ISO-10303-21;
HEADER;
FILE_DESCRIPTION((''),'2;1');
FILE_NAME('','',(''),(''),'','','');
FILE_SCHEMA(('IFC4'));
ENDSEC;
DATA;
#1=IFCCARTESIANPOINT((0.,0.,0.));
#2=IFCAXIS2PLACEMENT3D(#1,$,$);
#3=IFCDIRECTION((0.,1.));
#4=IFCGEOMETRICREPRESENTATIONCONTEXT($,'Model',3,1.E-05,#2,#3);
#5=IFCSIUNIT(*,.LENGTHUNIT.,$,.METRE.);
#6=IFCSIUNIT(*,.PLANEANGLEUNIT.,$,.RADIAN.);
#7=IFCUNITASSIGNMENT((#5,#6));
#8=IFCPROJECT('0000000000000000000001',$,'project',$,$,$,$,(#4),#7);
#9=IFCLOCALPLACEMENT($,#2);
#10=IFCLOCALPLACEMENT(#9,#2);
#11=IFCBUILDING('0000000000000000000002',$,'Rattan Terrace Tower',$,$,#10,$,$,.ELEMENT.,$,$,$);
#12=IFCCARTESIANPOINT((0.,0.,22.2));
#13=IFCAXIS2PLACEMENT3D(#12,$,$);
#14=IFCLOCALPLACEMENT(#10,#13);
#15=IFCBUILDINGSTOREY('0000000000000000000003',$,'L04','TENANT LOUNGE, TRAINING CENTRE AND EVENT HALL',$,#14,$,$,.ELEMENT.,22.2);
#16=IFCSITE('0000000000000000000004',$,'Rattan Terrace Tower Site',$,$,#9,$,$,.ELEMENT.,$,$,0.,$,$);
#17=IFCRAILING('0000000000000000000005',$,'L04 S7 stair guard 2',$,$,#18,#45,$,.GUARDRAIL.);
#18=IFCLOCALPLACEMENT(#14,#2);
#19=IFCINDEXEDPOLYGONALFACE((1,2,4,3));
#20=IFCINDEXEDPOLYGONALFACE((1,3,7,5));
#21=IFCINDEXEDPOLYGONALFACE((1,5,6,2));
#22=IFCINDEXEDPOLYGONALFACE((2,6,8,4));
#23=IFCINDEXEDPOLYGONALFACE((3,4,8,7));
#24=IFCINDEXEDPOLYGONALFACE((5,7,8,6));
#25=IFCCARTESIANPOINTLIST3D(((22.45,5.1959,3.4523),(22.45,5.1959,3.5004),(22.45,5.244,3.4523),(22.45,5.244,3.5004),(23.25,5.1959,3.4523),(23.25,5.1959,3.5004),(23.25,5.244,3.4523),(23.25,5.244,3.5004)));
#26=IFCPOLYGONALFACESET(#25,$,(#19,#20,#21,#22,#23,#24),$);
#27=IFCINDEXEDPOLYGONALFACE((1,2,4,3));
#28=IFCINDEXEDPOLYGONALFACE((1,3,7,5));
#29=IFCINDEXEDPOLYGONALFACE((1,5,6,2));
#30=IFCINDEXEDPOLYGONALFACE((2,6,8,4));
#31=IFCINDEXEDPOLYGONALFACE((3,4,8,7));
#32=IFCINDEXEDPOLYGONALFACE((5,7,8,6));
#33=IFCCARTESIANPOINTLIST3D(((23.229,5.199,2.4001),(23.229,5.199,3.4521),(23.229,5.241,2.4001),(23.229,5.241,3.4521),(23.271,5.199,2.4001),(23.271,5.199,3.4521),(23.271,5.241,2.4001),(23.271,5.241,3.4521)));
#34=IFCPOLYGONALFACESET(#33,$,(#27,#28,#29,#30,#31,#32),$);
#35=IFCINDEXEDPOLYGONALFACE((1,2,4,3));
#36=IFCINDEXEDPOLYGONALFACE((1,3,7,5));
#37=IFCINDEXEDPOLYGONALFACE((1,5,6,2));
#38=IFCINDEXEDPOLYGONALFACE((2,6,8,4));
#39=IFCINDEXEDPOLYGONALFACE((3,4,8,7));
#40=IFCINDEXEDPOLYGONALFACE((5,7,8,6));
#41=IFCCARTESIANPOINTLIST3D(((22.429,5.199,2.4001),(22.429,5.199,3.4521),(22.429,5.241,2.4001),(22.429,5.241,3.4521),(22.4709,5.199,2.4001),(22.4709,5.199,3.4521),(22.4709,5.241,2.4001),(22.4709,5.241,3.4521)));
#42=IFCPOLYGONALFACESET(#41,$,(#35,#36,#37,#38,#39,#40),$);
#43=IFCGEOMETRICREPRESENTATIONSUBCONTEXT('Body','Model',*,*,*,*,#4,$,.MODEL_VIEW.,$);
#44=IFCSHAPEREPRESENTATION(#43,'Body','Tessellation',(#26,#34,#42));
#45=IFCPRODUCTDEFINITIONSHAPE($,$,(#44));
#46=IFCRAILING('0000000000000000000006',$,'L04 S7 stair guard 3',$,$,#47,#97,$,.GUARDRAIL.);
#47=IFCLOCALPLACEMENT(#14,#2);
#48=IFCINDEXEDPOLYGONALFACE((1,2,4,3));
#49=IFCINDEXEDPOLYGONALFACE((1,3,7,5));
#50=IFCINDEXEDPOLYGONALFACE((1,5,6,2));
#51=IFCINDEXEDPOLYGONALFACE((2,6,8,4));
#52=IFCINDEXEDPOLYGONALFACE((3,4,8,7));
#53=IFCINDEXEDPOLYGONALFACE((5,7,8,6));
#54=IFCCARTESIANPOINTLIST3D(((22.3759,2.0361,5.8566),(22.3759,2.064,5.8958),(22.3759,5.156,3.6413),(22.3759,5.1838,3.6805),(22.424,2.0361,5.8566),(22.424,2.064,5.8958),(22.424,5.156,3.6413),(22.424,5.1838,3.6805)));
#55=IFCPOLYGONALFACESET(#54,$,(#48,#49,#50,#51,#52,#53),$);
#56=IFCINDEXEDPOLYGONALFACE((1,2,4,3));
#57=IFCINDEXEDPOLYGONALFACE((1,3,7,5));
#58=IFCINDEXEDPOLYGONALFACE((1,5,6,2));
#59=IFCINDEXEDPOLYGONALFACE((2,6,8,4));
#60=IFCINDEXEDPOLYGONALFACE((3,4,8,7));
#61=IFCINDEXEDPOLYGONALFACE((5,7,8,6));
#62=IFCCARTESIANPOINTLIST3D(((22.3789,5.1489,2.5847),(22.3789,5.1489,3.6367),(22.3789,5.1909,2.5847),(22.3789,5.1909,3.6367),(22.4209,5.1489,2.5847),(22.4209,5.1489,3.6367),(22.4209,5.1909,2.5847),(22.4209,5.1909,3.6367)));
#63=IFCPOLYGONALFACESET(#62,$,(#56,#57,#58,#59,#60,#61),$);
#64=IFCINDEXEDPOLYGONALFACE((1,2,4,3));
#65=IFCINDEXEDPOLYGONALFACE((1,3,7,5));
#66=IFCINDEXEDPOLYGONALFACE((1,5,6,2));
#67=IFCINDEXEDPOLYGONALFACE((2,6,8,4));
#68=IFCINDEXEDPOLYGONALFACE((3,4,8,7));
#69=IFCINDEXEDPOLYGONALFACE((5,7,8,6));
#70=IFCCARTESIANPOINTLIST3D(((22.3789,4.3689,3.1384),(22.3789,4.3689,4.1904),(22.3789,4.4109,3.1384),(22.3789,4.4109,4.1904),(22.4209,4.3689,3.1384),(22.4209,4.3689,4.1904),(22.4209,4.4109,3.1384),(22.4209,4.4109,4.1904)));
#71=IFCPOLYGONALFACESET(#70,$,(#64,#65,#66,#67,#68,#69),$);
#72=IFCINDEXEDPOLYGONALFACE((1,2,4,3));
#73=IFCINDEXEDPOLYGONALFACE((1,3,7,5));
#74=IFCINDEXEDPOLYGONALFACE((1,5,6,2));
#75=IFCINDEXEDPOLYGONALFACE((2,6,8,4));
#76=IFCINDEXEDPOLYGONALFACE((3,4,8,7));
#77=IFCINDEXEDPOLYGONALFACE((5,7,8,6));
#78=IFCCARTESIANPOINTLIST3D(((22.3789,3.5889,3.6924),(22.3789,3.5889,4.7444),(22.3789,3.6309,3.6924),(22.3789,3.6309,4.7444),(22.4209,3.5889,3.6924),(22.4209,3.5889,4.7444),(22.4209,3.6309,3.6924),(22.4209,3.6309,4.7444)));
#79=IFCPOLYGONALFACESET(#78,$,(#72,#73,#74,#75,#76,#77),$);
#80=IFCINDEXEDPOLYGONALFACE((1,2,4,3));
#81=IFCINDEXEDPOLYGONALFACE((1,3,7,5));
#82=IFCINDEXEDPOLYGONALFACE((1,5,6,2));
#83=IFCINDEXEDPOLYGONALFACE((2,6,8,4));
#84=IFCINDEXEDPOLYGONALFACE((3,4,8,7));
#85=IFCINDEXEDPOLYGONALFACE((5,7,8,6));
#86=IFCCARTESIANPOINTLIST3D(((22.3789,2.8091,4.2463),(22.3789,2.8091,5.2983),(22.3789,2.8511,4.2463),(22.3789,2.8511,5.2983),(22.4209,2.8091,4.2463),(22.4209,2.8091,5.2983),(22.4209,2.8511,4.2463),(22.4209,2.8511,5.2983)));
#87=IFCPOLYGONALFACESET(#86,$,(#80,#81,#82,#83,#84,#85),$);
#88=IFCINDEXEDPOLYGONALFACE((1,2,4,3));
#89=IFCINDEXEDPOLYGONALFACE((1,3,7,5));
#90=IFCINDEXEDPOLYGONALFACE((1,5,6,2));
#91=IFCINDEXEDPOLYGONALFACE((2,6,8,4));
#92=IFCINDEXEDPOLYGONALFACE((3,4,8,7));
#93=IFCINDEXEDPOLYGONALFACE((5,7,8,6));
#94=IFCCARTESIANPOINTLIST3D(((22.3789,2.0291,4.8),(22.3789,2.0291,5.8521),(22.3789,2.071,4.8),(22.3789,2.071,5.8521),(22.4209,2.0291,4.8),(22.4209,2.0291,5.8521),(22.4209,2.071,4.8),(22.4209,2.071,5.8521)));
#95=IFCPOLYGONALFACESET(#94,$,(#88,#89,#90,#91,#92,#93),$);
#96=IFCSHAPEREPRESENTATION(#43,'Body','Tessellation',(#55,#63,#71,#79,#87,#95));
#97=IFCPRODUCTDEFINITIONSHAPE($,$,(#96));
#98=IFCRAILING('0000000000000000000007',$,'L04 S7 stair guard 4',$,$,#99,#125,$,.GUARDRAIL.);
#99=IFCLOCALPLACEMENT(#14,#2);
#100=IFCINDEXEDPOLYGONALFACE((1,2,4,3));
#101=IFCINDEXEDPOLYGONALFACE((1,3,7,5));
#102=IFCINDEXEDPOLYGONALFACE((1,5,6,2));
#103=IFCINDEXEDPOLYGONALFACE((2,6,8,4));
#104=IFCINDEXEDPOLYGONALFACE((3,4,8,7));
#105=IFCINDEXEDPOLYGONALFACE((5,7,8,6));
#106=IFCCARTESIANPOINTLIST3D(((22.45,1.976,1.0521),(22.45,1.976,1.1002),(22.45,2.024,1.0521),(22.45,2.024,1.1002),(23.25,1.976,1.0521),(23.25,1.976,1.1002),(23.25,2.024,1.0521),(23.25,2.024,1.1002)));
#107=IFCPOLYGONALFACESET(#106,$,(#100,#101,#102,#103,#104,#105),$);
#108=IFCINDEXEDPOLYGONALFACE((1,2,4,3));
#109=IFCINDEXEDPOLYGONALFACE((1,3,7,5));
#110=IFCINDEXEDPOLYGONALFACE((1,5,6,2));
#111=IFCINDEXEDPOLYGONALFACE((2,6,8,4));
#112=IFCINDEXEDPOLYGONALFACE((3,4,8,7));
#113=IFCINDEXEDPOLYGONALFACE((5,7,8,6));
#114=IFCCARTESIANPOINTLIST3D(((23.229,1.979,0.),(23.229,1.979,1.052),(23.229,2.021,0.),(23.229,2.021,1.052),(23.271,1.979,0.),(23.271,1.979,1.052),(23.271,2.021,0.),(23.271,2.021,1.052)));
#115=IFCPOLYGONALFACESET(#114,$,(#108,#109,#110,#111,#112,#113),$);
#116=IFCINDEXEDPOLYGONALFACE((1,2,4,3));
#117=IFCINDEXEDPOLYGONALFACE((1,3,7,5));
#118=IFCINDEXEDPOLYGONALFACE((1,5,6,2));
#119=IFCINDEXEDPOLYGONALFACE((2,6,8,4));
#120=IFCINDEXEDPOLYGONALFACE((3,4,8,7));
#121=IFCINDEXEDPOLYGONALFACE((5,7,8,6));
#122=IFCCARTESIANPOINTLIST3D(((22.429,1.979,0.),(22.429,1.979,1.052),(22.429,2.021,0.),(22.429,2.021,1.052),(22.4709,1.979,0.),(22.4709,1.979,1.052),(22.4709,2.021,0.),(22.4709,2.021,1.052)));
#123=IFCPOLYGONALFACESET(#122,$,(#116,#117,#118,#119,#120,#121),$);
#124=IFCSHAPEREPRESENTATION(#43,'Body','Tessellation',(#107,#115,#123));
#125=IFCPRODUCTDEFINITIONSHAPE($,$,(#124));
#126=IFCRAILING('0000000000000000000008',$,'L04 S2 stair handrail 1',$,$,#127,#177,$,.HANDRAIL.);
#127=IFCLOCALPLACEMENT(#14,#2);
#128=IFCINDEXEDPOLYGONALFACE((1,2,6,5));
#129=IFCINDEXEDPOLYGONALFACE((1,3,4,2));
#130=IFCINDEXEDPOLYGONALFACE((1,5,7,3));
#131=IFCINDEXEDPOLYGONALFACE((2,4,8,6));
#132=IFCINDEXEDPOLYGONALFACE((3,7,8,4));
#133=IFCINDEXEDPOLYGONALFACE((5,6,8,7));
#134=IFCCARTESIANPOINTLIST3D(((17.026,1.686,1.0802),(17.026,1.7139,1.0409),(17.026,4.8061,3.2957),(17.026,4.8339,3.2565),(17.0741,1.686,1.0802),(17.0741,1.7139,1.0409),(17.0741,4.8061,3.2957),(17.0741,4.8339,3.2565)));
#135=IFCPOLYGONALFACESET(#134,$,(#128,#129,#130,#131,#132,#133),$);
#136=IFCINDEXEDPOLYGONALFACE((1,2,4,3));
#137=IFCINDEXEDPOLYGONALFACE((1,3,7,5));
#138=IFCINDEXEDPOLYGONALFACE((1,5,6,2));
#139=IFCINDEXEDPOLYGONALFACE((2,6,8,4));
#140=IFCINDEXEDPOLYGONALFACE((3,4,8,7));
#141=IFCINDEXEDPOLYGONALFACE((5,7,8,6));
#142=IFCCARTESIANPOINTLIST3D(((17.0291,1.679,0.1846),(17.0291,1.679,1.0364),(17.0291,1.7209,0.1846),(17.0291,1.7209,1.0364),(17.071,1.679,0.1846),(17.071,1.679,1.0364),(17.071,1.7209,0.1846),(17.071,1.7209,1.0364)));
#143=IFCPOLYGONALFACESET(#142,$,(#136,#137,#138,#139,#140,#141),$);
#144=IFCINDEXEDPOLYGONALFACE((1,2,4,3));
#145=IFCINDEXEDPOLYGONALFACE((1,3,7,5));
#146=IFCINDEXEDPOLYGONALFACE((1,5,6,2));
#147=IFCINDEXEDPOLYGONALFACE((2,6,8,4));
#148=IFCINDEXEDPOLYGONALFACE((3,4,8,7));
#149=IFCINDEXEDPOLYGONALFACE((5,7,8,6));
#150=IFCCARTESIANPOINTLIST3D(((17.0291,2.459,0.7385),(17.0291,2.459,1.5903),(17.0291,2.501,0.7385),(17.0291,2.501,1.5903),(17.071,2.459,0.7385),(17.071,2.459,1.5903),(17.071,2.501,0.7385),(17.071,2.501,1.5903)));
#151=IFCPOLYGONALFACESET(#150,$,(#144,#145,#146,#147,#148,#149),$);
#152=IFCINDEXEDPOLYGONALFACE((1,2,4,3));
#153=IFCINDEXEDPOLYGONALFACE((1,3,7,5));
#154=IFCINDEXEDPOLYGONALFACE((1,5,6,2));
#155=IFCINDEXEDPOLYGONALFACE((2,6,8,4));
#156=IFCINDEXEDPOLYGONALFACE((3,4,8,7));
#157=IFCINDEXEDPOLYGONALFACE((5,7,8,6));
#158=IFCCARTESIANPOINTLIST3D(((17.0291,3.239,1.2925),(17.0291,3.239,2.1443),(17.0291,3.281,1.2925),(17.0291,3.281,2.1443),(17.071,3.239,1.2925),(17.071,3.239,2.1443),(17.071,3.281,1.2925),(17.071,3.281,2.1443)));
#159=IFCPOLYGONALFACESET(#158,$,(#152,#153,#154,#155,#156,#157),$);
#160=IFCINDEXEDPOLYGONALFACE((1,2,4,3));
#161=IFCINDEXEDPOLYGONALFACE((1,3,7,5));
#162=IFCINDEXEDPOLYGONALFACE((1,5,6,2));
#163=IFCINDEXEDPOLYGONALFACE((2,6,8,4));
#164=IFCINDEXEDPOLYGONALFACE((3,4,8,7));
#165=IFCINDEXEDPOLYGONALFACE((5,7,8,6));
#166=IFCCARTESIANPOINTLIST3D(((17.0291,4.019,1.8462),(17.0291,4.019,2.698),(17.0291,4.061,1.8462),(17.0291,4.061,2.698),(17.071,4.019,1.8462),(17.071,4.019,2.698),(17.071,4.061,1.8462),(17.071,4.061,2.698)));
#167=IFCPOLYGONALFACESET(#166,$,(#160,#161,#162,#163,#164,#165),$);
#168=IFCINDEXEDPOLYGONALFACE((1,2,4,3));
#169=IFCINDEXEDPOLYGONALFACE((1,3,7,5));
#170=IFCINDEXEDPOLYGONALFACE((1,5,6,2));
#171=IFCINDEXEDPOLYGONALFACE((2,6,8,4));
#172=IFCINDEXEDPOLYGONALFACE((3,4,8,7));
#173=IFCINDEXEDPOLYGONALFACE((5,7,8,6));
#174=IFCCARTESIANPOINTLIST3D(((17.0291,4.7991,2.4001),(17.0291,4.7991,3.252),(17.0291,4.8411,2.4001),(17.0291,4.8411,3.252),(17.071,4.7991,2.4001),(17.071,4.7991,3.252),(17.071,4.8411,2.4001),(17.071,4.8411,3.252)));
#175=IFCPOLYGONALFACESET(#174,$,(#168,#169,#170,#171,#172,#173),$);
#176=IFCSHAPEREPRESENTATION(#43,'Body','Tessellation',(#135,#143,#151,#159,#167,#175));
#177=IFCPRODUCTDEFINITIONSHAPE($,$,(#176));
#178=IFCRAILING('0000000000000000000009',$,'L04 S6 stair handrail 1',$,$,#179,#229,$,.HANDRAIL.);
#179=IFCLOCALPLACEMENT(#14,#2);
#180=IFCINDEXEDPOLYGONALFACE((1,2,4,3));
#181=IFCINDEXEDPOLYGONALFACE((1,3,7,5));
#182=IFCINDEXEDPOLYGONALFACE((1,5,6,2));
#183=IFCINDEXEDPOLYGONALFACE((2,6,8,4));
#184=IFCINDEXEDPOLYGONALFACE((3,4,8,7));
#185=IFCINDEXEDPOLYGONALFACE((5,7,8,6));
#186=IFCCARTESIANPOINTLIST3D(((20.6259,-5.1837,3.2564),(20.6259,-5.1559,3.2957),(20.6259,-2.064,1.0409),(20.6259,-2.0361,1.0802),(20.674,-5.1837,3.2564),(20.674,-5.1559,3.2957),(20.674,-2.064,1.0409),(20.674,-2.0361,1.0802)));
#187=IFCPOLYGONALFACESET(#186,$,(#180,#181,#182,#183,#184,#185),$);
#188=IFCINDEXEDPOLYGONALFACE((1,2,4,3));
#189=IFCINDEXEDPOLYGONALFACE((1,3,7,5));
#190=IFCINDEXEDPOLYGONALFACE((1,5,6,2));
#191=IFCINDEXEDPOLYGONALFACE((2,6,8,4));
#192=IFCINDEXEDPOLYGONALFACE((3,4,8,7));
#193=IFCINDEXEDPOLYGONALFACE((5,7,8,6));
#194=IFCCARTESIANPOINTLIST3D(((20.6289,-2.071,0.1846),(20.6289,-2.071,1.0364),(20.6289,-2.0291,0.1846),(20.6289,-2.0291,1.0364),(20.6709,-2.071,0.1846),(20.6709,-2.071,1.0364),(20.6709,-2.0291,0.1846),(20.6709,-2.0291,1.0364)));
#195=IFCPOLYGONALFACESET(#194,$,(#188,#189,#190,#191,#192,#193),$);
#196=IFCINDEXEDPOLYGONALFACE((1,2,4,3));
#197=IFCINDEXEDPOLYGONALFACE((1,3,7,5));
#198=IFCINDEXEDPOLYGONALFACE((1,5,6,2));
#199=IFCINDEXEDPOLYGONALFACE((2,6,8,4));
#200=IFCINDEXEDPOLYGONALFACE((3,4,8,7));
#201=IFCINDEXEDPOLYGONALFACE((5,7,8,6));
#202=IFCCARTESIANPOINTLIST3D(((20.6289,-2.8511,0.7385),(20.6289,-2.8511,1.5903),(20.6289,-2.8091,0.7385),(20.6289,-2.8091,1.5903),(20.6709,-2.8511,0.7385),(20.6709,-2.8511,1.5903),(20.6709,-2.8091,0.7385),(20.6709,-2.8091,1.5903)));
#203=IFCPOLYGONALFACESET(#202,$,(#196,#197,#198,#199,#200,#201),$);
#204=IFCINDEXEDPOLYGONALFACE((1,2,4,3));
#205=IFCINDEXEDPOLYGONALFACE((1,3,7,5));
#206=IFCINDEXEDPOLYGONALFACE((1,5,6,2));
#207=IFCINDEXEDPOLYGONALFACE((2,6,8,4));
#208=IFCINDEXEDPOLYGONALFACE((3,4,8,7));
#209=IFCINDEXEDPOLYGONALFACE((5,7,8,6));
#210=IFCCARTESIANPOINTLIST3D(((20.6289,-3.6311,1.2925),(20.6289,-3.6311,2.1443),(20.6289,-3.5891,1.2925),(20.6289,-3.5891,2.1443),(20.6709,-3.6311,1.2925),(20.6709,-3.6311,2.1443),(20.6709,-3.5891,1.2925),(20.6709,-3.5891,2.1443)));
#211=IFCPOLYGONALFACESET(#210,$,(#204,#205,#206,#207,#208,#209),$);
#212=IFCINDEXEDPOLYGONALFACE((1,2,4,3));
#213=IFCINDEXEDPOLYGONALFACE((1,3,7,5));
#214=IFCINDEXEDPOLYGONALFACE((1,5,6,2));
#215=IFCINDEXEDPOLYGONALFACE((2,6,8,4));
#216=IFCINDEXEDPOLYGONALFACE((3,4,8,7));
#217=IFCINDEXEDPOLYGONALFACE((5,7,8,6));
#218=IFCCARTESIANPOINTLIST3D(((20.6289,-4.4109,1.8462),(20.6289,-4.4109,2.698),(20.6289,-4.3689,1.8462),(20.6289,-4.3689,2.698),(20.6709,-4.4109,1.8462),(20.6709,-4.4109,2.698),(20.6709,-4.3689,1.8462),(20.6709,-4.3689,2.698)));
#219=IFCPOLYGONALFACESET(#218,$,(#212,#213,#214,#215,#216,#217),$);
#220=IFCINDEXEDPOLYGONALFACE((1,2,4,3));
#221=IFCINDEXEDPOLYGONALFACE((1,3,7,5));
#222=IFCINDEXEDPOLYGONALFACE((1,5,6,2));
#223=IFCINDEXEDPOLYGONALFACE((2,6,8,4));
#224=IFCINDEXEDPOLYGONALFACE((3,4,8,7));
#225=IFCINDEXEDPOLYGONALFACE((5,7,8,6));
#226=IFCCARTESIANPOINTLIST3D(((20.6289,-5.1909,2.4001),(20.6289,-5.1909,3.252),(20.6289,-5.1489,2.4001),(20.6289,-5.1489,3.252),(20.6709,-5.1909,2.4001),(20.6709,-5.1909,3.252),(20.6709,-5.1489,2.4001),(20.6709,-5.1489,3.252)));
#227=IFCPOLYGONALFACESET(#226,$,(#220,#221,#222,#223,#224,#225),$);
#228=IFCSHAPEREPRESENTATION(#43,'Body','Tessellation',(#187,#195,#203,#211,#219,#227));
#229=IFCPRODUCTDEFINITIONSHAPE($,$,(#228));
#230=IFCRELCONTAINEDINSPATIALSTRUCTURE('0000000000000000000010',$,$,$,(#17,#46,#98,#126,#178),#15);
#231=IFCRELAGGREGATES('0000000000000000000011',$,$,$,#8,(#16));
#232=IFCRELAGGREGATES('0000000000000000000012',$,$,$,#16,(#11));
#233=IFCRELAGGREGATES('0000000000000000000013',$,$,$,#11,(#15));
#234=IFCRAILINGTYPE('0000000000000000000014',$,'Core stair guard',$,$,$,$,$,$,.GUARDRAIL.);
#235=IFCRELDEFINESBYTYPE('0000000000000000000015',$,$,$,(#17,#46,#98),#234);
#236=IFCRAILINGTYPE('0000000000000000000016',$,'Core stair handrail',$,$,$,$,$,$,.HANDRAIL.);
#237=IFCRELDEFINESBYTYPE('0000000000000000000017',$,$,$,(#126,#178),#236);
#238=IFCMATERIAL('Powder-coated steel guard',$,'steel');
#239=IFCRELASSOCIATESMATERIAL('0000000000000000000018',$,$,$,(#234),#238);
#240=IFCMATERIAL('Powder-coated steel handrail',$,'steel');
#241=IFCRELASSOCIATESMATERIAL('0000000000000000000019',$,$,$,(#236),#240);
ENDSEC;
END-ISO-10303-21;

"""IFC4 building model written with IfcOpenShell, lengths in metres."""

from ifc_helpers import new_model, si_unit, direction, frame, origin, origin_2d, place, context, subcontext, project, spatial, rectangle, extrude, material, type_object, element, save


model = new_model("IFC4")

# Units and contexts
model_context = context("Model", 3, precision=1e-05, world=origin(), true_north=direction((0.0, 1.0)))
body_context = subcontext(model_context, "Body", "Model", "MODEL_VIEW")
ifc_project = project(units=[si_unit("LENGTHUNIT", "METRE"), si_unit("PLANEANGLEUNIT", "RADIAN")], contexts=[model_context])

# Site, building, storey
site_placement = place(None, origin())
site = spatial("IfcSite", under=ifc_project, at=site_placement, Name="Rattan Terrace Tower Site", CompositionType="ELEMENT", RefElevation=0.0)
building_placement = place(site_placement, origin())
building = spatial("IfcBuilding", under=site, at=building_placement, Name="Rattan Terrace Tower", CompositionType="ELEMENT")
storey_placement = place(building_placement, frame((0.0, 0.0, 22.2)))
storey = spatial("IfcBuildingStorey", under=building, at=storey_placement, Name="L04", Description="TENANT LOUNGE, TRAINING CENTRE AND EVENT HALL", CompositionType="ELEMENT", Elevation=22.2)

# Railings
ifc_material_1 = material(Name="Powder-coated steel guard", Category="steel")
railing_type_1 = type_object("IfcRailingType", Name="Core stair guard", PredefinedType="GUARDRAIL", material=ifc_material_1)
railing_1_placement = place(storey_placement, frame((23.25, 5.22, 2.4001)))
element("IfcRailing", 1, at=railing_1_placement, inside=storey, type_object=railing_type_1, Name="L04 S7 stair guard 2", PredefinedType="GUARDRAIL", context=body_context, shape_type="SweptSolid", body=[
    extrude(rectangle(XDim=0.0481, YDim=0.0481, at=origin_2d()), frame((0.0, 0.0, 1.0762), z_axis=(-1.0, 0.0, 0.0), x_axis=(0.0, -1.0, 0.0)), (0.0, 0.0, 1.0), 0.8),
    extrude(rectangle(XDim=0.042, YDim=0.042, at=origin_2d()), origin(), (0.0, 0.0, 1.0), 1.052),
    extrude(rectangle(XDim=0.042, YDim=0.042, at=origin_2d()), frame((-0.8, 0.0, 0.0)), (0.0, 0.0, 1.0), 1.052),
])
railing_2_placement = place(storey_placement, frame((22.3999, 5.1699, 2.5847)))
element("IfcRailing", 2, at=railing_2_placement, inside=storey, type_object=railing_type_1, Name="L04 S7 stair guard 3", PredefinedType="GUARDRAIL", context=body_context, shape_type="SweptSolid", body=[
    extrude(rectangle(XDim=0.0481, YDim=0.0481, at=origin_2d()), frame((0.0, 0.0, 1.0762), z_axis=(0.0, -0.815356, 0.578961), x_axis=(1.0, 0.0, 0.0)), (0.0, 0.0, 1.0), 3.8264),
    extrude(rectangle(XDim=0.042, YDim=0.042, at=origin_2d()), origin(), (0.0, 0.0, 1.0), 1.052),
    extrude(rectangle(XDim=0.042, YDim=0.042, at=origin_2d()), frame((0.0, -0.78, 0.5537)), (0.0, 0.0, 1.0), 1.052),
    extrude(rectangle(XDim=0.042, YDim=0.042, at=origin_2d()), frame((0.0, -1.5601, 1.1077)), (0.0, 0.0, 1.0), 1.052),
    extrude(rectangle(XDim=0.042, YDim=0.042, at=origin_2d()), frame((0.0, -2.3398, 1.6616)), (0.0, 0.0, 1.0), 1.052),
    extrude(rectangle(XDim=0.042, YDim=0.042, at=origin_2d()), frame((0.0, -3.1199, 2.2153)), (0.0, 0.0, 1.0), 1.052),
])
railing_3_placement = place(storey_placement, frame((23.25, 2.0, 0.0)))
element("IfcRailing", 3, at=railing_3_placement, inside=storey, type_object=railing_type_1, Name="L04 S7 stair guard 4", PredefinedType="GUARDRAIL", context=body_context, shape_type="SweptSolid", body=[
    extrude(rectangle(XDim=0.0481, YDim=0.0481, at=origin_2d()), frame((0.0, 0.0, 1.0762), z_axis=(-1.0, 0.0, 0.0), x_axis=(0.0, -1.0, 0.0)), (0.0, 0.0, 1.0), 0.8),
    extrude(rectangle(XDim=0.042, YDim=0.042, at=origin_2d()), origin(), (0.0, 0.0, 1.0), 1.052),
    extrude(rectangle(XDim=0.042, YDim=0.042, at=origin_2d()), frame((-0.8, 0.0, 0.0)), (0.0, 0.0, 1.0), 1.052),
])
ifc_material_2 = material(Name="Powder-coated steel handrail", Category="steel")
railing_type_2 = type_object("IfcRailingType", Name="Core stair handrail", PredefinedType="HANDRAIL", material=ifc_material_2)
railing_4_placement = place(storey_placement, frame((17.05, 1.7, 0.1846)))
element("IfcRailing", 4, at=railing_4_placement, inside=storey, type_object=railing_type_2, Name="L04 S2 stair handrail 1", PredefinedType="HANDRAIL", context=body_context, shape_type="SweptSolid", body=[
    extrude(rectangle(XDim=0.0481, YDim=0.0481, at=origin_2d()), frame((0.0, 0.0, 0.876), z_axis=(0.0, 0.815347, 0.578973), x_axis=(-1.0, 0.0, 0.0)), (0.0, 0.0, 1.0), 3.8267),
    extrude(rectangle(XDim=0.042, YDim=0.042, at=origin_2d()), origin(), (0.0, 0.0, 1.0), 0.8518),
    extrude(rectangle(XDim=0.042, YDim=0.042, at=origin_2d()), frame((0.0, 0.78, 0.554)), (0.0, 0.0, 1.0), 0.8518),
    extrude(rectangle(XDim=0.042, YDim=0.042, at=origin_2d()), frame((0.0, 1.5601, 1.1079)), (0.0, 0.0, 1.0), 0.8518),
    extrude(rectangle(XDim=0.042, YDim=0.042, at=origin_2d()), frame((0.0, 2.3401, 1.6616)), (0.0, 0.0, 1.0), 0.8518),
    extrude(rectangle(XDim=0.042, YDim=0.042, at=origin_2d()), frame((0.0, 3.1201, 2.2156)), (0.0, 0.0, 1.0), 0.8518),
])
railing_5_placement = place(storey_placement, frame((20.6499, -2.05, 0.1846)))
element("IfcRailing", 5, at=railing_5_placement, inside=storey, type_object=railing_type_2, Name="L04 S6 stair handrail 1", PredefinedType="HANDRAIL", context=body_context, shape_type="SweptSolid", body=[
    extrude(rectangle(XDim=0.0481, YDim=0.0481, at=origin_2d()), frame((0.0, 0.0, 0.876), z_axis=(0.0, -0.815325, 0.579003), x_axis=(1.0, 0.0, 0.0)), (0.0, 0.0, 1.0), 3.8264),
    extrude(rectangle(XDim=0.042, YDim=0.042, at=origin_2d()), origin(), (0.0, 0.0, 1.0), 0.8518),
    extrude(rectangle(XDim=0.042, YDim=0.042, at=origin_2d()), frame((0.0, -0.78, 0.554)), (0.0, 0.0, 1.0), 0.8518),
    extrude(rectangle(XDim=0.042, YDim=0.042, at=origin_2d()), frame((0.0, -1.5601, 1.1079)), (0.0, 0.0, 1.0), 0.8518),
    extrude(rectangle(XDim=0.042, YDim=0.042, at=origin_2d()), frame((0.0, -2.3398, 1.6616)), (0.0, 0.0, 1.0), 0.8518),
    extrude(rectangle(XDim=0.042, YDim=0.042, at=origin_2d()), frame((0.0, -3.1199, 2.2156)), (0.0, 0.0, 1.0), 0.8518),
])

save(model, "model.ifc")
